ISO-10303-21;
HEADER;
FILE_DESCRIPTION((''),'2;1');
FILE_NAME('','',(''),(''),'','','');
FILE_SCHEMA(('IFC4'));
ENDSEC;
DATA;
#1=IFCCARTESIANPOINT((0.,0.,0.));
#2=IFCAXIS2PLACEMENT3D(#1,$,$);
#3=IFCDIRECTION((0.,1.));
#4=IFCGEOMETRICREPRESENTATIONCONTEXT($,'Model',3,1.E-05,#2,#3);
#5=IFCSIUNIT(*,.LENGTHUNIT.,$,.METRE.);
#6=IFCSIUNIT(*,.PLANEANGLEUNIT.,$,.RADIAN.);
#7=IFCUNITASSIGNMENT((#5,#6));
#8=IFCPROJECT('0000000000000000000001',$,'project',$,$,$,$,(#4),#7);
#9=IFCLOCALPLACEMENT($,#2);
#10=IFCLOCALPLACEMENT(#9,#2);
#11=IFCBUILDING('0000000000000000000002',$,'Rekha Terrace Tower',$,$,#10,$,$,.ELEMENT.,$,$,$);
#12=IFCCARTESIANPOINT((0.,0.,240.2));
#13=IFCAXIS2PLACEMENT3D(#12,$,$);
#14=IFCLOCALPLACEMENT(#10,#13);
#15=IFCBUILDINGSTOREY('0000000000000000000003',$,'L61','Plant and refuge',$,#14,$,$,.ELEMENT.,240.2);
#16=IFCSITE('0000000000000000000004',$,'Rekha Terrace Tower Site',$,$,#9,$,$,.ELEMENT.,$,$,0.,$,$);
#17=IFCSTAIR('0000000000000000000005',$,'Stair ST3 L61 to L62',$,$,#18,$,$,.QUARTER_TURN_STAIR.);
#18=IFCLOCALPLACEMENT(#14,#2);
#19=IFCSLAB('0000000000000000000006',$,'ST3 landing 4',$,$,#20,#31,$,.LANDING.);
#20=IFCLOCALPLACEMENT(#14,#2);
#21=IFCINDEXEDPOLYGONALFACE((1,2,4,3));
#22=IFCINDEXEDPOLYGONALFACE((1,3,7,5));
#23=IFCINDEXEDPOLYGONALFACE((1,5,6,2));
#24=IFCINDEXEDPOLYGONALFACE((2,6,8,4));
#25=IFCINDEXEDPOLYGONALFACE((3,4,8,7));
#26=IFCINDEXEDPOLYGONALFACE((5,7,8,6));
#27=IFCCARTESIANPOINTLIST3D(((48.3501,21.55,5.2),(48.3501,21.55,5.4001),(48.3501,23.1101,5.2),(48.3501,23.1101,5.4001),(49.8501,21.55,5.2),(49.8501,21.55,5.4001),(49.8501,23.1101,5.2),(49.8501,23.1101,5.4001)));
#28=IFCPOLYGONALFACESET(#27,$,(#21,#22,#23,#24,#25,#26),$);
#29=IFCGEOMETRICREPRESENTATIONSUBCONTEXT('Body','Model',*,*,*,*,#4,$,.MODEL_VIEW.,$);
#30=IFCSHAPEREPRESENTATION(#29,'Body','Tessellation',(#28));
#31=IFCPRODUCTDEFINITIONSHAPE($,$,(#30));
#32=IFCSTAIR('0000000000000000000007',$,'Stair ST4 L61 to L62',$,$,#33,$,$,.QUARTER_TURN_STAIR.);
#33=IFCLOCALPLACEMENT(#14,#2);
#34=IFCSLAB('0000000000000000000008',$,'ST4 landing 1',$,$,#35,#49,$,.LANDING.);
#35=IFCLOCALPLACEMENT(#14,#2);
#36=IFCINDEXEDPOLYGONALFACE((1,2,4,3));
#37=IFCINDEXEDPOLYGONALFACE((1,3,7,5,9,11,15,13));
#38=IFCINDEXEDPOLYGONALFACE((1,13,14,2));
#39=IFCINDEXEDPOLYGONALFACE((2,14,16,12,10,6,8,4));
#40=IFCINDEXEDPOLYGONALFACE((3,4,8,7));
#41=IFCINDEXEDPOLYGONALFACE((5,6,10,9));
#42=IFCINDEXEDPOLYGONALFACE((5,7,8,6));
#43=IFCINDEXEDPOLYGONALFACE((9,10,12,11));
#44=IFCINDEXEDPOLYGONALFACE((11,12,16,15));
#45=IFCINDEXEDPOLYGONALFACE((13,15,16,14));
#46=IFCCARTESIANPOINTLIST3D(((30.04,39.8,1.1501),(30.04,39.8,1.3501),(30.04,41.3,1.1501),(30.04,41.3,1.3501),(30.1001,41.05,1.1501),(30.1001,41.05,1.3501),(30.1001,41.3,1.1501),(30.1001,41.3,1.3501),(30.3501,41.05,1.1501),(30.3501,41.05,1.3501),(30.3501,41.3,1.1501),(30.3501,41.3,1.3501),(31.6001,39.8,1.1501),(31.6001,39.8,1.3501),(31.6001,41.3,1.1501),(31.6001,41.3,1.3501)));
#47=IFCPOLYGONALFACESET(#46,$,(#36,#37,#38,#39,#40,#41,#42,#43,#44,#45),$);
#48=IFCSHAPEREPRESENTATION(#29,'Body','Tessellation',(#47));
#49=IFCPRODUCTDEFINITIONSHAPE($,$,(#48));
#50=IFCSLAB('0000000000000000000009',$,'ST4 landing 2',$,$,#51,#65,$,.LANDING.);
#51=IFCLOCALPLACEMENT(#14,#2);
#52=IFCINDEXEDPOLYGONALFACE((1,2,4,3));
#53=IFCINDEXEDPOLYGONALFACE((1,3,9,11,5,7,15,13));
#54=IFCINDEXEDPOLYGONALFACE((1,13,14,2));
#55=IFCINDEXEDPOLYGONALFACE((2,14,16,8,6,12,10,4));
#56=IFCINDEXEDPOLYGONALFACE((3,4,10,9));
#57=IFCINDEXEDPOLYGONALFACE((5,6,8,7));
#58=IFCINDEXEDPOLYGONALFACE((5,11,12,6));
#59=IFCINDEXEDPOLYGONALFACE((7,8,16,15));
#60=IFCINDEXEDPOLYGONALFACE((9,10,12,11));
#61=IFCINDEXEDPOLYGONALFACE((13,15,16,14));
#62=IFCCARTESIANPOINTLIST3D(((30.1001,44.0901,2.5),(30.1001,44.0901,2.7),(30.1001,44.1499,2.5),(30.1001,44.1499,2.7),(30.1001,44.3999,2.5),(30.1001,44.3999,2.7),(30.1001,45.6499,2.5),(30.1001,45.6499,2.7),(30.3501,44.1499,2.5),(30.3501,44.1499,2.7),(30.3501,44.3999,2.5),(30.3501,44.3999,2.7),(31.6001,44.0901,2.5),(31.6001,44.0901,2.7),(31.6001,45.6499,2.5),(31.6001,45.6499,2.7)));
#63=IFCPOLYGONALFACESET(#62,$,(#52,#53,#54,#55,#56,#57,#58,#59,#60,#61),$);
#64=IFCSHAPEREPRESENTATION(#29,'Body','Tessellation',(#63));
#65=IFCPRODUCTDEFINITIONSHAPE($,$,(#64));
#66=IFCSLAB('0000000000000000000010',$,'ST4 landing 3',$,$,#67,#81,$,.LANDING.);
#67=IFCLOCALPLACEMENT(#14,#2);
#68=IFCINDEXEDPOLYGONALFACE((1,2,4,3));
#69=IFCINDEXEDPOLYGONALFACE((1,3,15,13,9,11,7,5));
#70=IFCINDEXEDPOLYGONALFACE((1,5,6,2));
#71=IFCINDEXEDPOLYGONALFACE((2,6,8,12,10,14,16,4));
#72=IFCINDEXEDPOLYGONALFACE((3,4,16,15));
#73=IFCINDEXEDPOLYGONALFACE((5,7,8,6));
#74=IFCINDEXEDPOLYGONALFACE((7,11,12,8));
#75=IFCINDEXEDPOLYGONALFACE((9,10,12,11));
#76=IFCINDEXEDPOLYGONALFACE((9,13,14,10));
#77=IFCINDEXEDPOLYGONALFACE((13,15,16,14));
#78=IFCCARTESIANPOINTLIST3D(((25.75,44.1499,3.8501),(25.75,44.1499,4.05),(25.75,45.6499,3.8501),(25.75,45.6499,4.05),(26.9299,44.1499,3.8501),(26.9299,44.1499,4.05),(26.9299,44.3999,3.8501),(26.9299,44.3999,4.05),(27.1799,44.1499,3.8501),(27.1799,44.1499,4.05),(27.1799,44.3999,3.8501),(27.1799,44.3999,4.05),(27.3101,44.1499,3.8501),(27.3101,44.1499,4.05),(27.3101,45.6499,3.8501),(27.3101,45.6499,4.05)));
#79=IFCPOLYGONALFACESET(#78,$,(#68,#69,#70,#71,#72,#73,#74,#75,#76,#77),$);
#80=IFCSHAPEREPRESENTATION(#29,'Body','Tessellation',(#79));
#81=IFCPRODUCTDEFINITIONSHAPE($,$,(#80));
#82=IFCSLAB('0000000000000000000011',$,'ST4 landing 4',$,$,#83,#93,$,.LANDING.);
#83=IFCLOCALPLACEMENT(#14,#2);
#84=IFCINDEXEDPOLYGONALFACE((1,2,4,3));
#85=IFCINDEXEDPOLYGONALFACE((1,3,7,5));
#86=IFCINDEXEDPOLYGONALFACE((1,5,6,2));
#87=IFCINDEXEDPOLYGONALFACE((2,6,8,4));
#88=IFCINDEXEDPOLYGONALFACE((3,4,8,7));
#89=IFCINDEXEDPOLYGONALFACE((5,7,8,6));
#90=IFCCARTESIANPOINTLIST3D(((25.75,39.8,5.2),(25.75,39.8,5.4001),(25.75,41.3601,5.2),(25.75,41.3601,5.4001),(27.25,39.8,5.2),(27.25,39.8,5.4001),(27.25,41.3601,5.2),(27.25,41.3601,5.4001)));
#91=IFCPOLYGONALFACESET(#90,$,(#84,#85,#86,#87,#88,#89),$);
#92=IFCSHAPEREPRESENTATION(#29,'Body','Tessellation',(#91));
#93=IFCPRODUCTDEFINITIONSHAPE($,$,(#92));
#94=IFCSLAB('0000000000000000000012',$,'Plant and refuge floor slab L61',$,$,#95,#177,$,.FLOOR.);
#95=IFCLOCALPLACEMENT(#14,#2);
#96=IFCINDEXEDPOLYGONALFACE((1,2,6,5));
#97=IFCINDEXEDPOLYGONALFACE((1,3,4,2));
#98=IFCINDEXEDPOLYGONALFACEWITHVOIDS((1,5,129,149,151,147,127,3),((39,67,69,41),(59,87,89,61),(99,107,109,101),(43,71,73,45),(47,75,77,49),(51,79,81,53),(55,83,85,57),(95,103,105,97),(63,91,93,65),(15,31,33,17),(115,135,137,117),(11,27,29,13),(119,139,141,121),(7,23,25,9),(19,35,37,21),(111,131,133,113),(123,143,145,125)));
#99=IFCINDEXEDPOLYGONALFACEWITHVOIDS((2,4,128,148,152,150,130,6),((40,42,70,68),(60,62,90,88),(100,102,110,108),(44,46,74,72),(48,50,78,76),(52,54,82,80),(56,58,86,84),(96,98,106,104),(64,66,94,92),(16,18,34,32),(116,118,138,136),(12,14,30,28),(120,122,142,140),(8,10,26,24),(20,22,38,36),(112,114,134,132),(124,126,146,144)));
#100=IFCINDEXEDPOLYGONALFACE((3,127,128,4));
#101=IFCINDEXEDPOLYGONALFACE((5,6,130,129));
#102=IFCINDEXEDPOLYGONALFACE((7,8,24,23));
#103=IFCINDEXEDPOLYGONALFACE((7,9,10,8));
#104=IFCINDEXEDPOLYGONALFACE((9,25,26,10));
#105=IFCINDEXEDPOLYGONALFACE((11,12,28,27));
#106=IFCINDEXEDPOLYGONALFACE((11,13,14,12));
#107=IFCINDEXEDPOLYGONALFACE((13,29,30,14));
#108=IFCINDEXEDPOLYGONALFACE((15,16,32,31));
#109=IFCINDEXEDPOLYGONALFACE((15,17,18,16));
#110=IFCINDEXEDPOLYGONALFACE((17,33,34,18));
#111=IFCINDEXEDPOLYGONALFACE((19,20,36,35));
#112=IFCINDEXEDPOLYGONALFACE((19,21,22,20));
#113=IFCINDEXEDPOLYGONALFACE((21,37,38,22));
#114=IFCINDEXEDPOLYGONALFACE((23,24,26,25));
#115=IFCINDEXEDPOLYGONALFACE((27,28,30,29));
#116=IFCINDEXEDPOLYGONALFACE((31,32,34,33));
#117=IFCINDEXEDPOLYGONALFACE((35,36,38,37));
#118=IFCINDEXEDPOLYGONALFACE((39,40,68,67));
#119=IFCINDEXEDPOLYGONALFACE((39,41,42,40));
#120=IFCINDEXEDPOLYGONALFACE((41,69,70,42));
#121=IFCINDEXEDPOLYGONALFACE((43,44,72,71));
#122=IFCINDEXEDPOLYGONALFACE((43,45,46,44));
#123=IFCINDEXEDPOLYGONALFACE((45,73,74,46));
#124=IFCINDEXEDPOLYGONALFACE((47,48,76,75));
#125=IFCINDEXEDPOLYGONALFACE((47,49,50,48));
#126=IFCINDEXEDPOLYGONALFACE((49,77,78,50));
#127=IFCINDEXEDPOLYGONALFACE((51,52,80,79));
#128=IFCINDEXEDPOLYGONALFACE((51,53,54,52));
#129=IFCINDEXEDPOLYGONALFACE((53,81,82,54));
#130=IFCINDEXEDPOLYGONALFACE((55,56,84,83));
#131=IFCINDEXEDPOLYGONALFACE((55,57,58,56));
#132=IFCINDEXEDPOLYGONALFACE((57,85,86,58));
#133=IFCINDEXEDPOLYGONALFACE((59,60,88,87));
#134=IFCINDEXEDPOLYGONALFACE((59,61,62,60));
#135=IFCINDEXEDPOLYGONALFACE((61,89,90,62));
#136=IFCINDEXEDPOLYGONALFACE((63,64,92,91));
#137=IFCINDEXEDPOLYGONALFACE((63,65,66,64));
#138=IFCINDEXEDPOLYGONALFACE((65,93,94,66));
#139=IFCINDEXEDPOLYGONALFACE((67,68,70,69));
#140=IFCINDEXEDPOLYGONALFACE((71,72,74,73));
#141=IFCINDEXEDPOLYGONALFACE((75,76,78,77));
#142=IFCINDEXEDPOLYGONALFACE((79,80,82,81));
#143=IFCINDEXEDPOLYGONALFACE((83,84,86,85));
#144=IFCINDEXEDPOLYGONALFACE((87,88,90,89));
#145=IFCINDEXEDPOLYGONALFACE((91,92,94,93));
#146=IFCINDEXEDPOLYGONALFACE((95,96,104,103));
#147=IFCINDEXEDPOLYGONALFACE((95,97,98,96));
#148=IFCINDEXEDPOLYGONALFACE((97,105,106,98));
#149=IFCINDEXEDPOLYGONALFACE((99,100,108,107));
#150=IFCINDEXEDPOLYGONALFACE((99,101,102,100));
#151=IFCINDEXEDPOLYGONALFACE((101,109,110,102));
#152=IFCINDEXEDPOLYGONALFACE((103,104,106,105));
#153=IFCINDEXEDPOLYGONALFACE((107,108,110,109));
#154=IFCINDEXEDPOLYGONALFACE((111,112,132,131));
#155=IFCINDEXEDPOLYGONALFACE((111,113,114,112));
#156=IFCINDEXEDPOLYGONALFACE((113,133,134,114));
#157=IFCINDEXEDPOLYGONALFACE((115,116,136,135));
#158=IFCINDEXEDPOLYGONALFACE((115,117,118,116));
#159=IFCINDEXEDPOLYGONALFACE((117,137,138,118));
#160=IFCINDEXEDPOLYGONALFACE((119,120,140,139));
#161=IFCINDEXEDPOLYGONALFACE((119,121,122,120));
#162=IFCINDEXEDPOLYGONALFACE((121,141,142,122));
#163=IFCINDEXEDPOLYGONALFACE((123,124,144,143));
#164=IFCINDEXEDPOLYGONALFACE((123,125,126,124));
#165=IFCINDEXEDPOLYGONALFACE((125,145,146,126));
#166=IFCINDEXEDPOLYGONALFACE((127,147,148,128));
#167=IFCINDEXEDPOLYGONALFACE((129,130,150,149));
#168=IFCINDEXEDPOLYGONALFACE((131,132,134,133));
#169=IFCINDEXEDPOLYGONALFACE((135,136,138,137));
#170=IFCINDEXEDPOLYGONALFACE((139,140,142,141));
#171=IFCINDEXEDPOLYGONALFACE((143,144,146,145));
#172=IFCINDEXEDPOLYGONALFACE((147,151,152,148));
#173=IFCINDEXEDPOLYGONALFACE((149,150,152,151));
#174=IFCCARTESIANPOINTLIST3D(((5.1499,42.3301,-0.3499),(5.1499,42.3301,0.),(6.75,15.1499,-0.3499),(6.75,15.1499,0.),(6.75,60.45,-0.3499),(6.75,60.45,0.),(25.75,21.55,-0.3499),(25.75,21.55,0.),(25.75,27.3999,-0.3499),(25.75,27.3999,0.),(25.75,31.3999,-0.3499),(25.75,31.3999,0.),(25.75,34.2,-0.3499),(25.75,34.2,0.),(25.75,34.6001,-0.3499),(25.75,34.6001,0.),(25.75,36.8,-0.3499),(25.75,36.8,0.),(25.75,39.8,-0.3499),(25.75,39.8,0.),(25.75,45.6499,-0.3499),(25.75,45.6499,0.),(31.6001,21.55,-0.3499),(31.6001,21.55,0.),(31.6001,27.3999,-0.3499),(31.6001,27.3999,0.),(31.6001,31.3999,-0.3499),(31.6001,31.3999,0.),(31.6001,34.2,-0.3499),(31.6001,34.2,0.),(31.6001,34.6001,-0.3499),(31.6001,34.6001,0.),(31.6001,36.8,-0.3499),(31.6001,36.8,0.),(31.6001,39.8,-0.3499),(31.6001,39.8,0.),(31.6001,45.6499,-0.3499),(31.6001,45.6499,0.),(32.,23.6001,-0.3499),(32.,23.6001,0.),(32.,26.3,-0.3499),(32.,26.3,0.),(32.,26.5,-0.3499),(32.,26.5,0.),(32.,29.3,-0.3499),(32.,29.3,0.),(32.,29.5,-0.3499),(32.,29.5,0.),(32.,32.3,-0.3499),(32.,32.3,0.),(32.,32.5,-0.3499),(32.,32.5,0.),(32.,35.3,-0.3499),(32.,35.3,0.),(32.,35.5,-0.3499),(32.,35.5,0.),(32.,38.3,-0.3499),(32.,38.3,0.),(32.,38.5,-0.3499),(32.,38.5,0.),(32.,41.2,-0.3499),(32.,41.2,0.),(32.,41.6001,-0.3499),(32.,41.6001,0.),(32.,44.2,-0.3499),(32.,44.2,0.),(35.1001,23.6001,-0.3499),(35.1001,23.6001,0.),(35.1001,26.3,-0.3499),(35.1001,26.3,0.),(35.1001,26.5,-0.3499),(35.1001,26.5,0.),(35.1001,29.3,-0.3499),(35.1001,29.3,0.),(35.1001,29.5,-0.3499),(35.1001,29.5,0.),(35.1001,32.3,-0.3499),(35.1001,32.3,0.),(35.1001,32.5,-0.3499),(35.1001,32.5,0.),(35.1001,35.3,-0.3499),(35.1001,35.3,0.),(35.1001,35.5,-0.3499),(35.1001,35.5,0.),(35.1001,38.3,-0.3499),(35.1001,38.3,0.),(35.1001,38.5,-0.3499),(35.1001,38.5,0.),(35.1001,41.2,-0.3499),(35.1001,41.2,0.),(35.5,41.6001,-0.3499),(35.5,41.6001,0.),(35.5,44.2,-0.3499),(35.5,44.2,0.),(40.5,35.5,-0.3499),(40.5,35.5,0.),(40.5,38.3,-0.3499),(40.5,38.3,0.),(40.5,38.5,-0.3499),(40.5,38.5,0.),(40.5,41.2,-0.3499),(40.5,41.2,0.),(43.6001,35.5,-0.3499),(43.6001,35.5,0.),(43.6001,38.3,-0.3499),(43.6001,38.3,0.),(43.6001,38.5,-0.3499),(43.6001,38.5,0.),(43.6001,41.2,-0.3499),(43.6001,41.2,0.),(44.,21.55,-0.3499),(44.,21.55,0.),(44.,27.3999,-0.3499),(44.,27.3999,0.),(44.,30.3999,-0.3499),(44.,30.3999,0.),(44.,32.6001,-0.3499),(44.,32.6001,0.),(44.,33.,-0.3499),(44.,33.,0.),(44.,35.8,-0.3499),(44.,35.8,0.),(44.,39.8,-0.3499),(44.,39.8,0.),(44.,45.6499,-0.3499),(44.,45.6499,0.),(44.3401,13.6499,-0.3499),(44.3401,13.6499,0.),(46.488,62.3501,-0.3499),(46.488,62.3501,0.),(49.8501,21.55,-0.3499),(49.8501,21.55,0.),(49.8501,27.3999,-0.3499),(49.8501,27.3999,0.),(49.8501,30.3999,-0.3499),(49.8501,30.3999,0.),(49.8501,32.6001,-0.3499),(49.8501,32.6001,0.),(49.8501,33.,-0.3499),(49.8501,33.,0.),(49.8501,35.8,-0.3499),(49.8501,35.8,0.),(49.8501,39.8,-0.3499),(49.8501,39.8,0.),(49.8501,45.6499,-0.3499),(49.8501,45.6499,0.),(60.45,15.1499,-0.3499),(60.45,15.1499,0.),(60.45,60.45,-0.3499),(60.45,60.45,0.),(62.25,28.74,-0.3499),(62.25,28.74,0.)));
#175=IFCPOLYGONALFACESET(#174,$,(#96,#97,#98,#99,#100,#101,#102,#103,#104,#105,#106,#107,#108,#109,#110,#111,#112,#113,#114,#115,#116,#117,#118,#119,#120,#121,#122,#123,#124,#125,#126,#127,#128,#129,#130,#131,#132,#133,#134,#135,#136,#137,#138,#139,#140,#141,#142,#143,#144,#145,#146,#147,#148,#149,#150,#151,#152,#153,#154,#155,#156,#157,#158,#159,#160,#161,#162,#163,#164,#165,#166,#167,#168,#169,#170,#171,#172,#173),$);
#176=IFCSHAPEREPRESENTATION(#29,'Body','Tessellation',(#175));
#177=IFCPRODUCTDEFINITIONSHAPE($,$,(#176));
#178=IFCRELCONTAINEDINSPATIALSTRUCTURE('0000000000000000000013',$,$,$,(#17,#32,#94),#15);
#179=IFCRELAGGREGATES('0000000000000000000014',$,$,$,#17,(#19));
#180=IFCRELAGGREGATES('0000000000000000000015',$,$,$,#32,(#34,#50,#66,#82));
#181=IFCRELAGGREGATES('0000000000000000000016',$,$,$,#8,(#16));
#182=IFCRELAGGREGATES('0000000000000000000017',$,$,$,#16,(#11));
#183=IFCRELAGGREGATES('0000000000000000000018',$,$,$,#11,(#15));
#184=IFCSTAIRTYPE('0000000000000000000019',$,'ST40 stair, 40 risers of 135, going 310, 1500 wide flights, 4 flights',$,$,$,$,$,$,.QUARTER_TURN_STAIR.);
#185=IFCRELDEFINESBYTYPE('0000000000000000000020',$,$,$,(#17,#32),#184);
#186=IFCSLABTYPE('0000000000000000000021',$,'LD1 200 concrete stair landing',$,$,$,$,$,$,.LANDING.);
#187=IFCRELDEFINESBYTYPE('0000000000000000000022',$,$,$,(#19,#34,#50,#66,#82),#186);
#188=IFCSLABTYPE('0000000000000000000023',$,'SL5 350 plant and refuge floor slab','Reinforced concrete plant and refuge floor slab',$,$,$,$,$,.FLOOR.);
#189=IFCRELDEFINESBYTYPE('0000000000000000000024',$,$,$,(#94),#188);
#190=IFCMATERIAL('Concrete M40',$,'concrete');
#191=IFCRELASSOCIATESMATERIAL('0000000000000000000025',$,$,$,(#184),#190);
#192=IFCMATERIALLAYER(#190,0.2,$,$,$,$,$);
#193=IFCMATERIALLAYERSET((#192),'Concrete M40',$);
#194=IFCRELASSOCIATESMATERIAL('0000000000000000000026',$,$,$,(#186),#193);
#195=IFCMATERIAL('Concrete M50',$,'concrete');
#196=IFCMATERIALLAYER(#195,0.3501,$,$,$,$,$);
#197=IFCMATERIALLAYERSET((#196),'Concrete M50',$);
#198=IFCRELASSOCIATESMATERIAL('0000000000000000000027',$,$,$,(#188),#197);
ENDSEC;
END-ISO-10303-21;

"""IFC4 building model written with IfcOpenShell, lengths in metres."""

from ifc_helpers import new_model, si_unit, direction, frame, origin, place, context, subcontext, project, spatial, polyline, outline, extrude, material, layer, layer_set, type_object, element, aggregate, save


model = new_model("IFC4")

# Units and contexts
model_context = context("Model", 3, precision=1e-05, world=origin(), true_north=direction((0.0, 1.0)))
body_context = subcontext(model_context, "Body", "Model", "MODEL_VIEW")
ifc_project = project(units=[si_unit("LENGTHUNIT", "METRE"), si_unit("PLANEANGLEUNIT", "RADIAN")], contexts=[model_context])

# Site, building, storey
site_placement = place(None, origin())
site = spatial("IfcSite", under=ifc_project, at=site_placement, Name="Rekha Terrace Tower Site", CompositionType="ELEMENT", RefElevation=0.0)
building_placement = place(site_placement, origin())
building = spatial("IfcBuilding", under=site, at=building_placement, Name="Rekha Terrace Tower", CompositionType="ELEMENT")
storey_placement = place(building_placement, frame((0.0, 0.0, 240.2)))
storey = spatial("IfcBuildingStorey", under=building, at=storey_placement, Name="L61", Description="Plant and refuge", CompositionType="ELEMENT", Elevation=240.2)

# Stairs, slabs
ifc_material_1 = material(Name="Concrete M40", Category="concrete")
stair_type = type_object("IfcStairType", Name="ST40 stair, 40 risers of 135, going 310, 1500 wide flights, 4 flights", PredefinedType="QUARTER_TURN_STAIR", material=ifc_material_1)
ifc_layer_1 = layer(ifc_material_1, 0.2)
ifc_layer_set_1 = layer_set([ifc_layer_1], Name="Concrete M40")
slab_type_1 = type_object("IfcSlabType", Name="LD1 200 concrete stair landing", PredefinedType="LANDING", material=ifc_layer_set_1)
stair_1_placement = place(storey_placement, origin())
stair_1 = element("IfcStair", 1, at=stair_1_placement, inside=storey, type_object=stair_type, Name="Stair ST3 L61 to L62", PredefinedType="QUARTER_TURN_STAIR")
slab_1_placement = place(storey_placement, frame((0.0, 0.0, 5.2)))
slab_1 = element("IfcSlab", 2, at=slab_1_placement, type_object=slab_type_1, Name="ST3 landing 4", PredefinedType="LANDING", context=body_context, shape_type="SweptSolid", body=[
    extrude(outline(polyline([(49.8501, 23.1101), (48.3501, 23.1101), (48.3501, 21.55), (49.8501, 21.55), (49.8501, 23.1101)])), origin(), (0.0, 0.0, 1.0), 0.2002),
])
aggregate(stair_1, [slab_1])
stair_2_placement = place(storey_placement, origin())
stair_2 = element("IfcStair", 3, at=stair_2_placement, inside=storey, type_object=stair_type, Name="Stair ST4 L61 to L62", PredefinedType="QUARTER_TURN_STAIR")
slab_2_placement = place(storey_placement, frame((0.0, 0.0, 1.1501)))
slab_2 = element("IfcSlab", 4, at=slab_2_placement, type_object=slab_type_1, Name="ST4 landing 1", PredefinedType="LANDING", context=body_context, shape_type="SweptSolid", body=[
    extrude(outline(polyline([(31.6001, 41.3), (31.6001, 39.8), (30.04, 39.8), (30.04, 41.3), (30.1001, 41.3), (30.1001, 41.05), (30.3501, 41.05), (30.3501, 41.3), (31.6001, 41.3)])), origin(), (0.0, 0.0, 1.0), 0.2),
])
slab_3_placement = place(storey_placement, frame((0.0, 0.0, 2.5)))
slab_3 = element("IfcSlab", 5, at=slab_3_placement, type_object=slab_type_1, Name="ST4 landing 2", PredefinedType="LANDING", context=body_context, shape_type="SweptSolid", body=[
    extrude(outline(polyline([(30.1001, 45.6499), (31.6001, 45.6499), (31.6001, 44.0901), (30.1001, 44.0901), (30.1001, 44.1499), (30.3501, 44.1499), (30.3501, 44.3999), (30.1001, 44.3999), (30.1001, 45.6499)])), origin(), (0.0, 0.0, 1.0), 0.2),
])
slab_4_placement = place(storey_placement, frame((0.0, 0.0, 3.8501)))
slab_4 = element("IfcSlab", 6, at=slab_4_placement, type_object=slab_type_1, Name="ST4 landing 3", PredefinedType="LANDING", context=body_context, shape_type="SweptSolid", body=[
    extrude(outline(polyline([(25.75, 44.1499), (25.75, 45.6499), (27.3101, 45.6499), (27.3101, 44.1499), (27.1799, 44.1499), (27.1799, 44.3999), (26.9299, 44.3999), (26.9299, 44.1499), (25.75, 44.1499)])), origin(), (0.0, 0.0, 1.0), 0.2),
])
slab_5_placement = place(storey_placement, frame((0.0, 0.0, 5.2)))
slab_5 = element("IfcSlab", 7, at=slab_5_placement, type_object=slab_type_1, Name="ST4 landing 4", PredefinedType="LANDING", context=body_context, shape_type="SweptSolid", body=[
    extrude(outline(polyline([(25.75, 41.3601), (27.25, 41.3601), (27.25, 39.8), (25.75, 39.8), (25.75, 41.3601)])), origin(), (0.0, 0.0, 1.0), 0.2002),
])
aggregate(stair_2, [slab_2, slab_3, slab_4, slab_5])

# Slab
ifc_material_2 = material(Name="Concrete M50", Category="concrete")
ifc_layer_2 = layer(ifc_material_2, 0.3501)
ifc_layer_set_2 = layer_set([ifc_layer_2], Name="Concrete M50")
slab_type_2 = type_object("IfcSlabType", Name="SL5 350 plant and refuge floor slab", Description="Reinforced concrete plant and refuge floor slab", PredefinedType="FLOOR", material=ifc_layer_set_2)
slab_6_placement = place(storey_placement, frame((0.0, 0.0, -0.3499)))
element("IfcSlab", 8, at=slab_6_placement, inside=storey, type_object=slab_type_2, Name="Plant and refuge floor slab L61", PredefinedType="FLOOR", context=body_context, shape_type="SweptSolid", body=[
    extrude(outline(polyline([(5.1499, 42.3301), (6.75, 15.1499), (44.3401, 13.6499), (60.45, 15.1499), (62.25, 28.74), (60.45, 60.45), (46.488, 62.3501), (6.75, 60.45), (5.1499, 42.3301)]), holes=[polyline([(31.6001, 27.3999), (31.6001, 21.55), (25.75, 21.55), (25.75, 27.3999), (31.6001, 27.3999)]), polyline([(35.1001, 26.3), (35.1001, 23.6001), (32.0, 23.6001), (32.0, 26.3), (35.1001, 26.3)]), polyline([(35.1001, 29.3), (35.1001, 26.5), (32.0, 26.5), (32.0, 29.3), (35.1001, 29.3)]), polyline([(35.1001, 32.3), (35.1001, 29.5), (32.0, 29.5), (32.0, 32.3), (35.1001, 32.3)]), polyline([(31.6001, 34.2), (31.6001, 31.3999), (25.75, 31.3999), (25.75, 34.2), (31.6001, 34.2)]), polyline([(35.1001, 35.3), (35.1001, 32.5), (32.0, 32.5), (32.0, 35.3), (35.1001, 35.3)]), polyline([(31.6001, 36.8), (31.6001, 34.6001), (25.75, 34.6001), (25.75, 36.8), (31.6001, 36.8)]), polyline([(35.1001, 38.3), (35.1001, 35.5), (32.0, 35.5), (32.0, 38.3), (35.1001, 38.3)]), polyline([(31.6001, 45.6499), (31.6001, 39.8), (25.75, 39.8), (25.75, 45.6499), (31.6001, 45.6499)]), polyline([(49.8501, 27.3999), (49.8501, 21.55), (44.0, 21.55), (44.0, 27.3999), (49.8501, 27.3999)]), polyline([(49.8501, 32.6001), (49.8501, 30.3999), (44.0, 30.3999), (44.0, 32.6001), (49.8501, 32.6001)]), polyline([(49.8501, 35.8), (49.8501, 33.0), (44.0, 33.0), (44.0, 35.8), (49.8501, 35.8)]), polyline([(43.6001, 38.3), (43.6001, 35.5), (40.5, 35.5), (40.5, 38.3), (43.6001, 38.3)]), polyline([(35.1001, 41.2), (35.1001, 38.5), (32.0, 38.5), (32.0, 41.2), (35.1001, 41.2)]), polyline([(43.6001, 41.2), (43.6001, 38.5), (40.5, 38.5), (40.5, 41.2), (43.6001, 41.2)]), polyline([(49.8501, 39.8), (44.0, 39.8), (44.0, 45.6499), (49.8501, 45.6499), (49.8501, 39.8)]), polyline([(35.5, 41.6001), (32.0, 41.6001), (32.0, 44.2), (35.5, 44.2), (35.5, 41.6001)])]), origin(), (0.0, 0.0, 1.0), 0.3499),
])

save(model, "model.ifc")
